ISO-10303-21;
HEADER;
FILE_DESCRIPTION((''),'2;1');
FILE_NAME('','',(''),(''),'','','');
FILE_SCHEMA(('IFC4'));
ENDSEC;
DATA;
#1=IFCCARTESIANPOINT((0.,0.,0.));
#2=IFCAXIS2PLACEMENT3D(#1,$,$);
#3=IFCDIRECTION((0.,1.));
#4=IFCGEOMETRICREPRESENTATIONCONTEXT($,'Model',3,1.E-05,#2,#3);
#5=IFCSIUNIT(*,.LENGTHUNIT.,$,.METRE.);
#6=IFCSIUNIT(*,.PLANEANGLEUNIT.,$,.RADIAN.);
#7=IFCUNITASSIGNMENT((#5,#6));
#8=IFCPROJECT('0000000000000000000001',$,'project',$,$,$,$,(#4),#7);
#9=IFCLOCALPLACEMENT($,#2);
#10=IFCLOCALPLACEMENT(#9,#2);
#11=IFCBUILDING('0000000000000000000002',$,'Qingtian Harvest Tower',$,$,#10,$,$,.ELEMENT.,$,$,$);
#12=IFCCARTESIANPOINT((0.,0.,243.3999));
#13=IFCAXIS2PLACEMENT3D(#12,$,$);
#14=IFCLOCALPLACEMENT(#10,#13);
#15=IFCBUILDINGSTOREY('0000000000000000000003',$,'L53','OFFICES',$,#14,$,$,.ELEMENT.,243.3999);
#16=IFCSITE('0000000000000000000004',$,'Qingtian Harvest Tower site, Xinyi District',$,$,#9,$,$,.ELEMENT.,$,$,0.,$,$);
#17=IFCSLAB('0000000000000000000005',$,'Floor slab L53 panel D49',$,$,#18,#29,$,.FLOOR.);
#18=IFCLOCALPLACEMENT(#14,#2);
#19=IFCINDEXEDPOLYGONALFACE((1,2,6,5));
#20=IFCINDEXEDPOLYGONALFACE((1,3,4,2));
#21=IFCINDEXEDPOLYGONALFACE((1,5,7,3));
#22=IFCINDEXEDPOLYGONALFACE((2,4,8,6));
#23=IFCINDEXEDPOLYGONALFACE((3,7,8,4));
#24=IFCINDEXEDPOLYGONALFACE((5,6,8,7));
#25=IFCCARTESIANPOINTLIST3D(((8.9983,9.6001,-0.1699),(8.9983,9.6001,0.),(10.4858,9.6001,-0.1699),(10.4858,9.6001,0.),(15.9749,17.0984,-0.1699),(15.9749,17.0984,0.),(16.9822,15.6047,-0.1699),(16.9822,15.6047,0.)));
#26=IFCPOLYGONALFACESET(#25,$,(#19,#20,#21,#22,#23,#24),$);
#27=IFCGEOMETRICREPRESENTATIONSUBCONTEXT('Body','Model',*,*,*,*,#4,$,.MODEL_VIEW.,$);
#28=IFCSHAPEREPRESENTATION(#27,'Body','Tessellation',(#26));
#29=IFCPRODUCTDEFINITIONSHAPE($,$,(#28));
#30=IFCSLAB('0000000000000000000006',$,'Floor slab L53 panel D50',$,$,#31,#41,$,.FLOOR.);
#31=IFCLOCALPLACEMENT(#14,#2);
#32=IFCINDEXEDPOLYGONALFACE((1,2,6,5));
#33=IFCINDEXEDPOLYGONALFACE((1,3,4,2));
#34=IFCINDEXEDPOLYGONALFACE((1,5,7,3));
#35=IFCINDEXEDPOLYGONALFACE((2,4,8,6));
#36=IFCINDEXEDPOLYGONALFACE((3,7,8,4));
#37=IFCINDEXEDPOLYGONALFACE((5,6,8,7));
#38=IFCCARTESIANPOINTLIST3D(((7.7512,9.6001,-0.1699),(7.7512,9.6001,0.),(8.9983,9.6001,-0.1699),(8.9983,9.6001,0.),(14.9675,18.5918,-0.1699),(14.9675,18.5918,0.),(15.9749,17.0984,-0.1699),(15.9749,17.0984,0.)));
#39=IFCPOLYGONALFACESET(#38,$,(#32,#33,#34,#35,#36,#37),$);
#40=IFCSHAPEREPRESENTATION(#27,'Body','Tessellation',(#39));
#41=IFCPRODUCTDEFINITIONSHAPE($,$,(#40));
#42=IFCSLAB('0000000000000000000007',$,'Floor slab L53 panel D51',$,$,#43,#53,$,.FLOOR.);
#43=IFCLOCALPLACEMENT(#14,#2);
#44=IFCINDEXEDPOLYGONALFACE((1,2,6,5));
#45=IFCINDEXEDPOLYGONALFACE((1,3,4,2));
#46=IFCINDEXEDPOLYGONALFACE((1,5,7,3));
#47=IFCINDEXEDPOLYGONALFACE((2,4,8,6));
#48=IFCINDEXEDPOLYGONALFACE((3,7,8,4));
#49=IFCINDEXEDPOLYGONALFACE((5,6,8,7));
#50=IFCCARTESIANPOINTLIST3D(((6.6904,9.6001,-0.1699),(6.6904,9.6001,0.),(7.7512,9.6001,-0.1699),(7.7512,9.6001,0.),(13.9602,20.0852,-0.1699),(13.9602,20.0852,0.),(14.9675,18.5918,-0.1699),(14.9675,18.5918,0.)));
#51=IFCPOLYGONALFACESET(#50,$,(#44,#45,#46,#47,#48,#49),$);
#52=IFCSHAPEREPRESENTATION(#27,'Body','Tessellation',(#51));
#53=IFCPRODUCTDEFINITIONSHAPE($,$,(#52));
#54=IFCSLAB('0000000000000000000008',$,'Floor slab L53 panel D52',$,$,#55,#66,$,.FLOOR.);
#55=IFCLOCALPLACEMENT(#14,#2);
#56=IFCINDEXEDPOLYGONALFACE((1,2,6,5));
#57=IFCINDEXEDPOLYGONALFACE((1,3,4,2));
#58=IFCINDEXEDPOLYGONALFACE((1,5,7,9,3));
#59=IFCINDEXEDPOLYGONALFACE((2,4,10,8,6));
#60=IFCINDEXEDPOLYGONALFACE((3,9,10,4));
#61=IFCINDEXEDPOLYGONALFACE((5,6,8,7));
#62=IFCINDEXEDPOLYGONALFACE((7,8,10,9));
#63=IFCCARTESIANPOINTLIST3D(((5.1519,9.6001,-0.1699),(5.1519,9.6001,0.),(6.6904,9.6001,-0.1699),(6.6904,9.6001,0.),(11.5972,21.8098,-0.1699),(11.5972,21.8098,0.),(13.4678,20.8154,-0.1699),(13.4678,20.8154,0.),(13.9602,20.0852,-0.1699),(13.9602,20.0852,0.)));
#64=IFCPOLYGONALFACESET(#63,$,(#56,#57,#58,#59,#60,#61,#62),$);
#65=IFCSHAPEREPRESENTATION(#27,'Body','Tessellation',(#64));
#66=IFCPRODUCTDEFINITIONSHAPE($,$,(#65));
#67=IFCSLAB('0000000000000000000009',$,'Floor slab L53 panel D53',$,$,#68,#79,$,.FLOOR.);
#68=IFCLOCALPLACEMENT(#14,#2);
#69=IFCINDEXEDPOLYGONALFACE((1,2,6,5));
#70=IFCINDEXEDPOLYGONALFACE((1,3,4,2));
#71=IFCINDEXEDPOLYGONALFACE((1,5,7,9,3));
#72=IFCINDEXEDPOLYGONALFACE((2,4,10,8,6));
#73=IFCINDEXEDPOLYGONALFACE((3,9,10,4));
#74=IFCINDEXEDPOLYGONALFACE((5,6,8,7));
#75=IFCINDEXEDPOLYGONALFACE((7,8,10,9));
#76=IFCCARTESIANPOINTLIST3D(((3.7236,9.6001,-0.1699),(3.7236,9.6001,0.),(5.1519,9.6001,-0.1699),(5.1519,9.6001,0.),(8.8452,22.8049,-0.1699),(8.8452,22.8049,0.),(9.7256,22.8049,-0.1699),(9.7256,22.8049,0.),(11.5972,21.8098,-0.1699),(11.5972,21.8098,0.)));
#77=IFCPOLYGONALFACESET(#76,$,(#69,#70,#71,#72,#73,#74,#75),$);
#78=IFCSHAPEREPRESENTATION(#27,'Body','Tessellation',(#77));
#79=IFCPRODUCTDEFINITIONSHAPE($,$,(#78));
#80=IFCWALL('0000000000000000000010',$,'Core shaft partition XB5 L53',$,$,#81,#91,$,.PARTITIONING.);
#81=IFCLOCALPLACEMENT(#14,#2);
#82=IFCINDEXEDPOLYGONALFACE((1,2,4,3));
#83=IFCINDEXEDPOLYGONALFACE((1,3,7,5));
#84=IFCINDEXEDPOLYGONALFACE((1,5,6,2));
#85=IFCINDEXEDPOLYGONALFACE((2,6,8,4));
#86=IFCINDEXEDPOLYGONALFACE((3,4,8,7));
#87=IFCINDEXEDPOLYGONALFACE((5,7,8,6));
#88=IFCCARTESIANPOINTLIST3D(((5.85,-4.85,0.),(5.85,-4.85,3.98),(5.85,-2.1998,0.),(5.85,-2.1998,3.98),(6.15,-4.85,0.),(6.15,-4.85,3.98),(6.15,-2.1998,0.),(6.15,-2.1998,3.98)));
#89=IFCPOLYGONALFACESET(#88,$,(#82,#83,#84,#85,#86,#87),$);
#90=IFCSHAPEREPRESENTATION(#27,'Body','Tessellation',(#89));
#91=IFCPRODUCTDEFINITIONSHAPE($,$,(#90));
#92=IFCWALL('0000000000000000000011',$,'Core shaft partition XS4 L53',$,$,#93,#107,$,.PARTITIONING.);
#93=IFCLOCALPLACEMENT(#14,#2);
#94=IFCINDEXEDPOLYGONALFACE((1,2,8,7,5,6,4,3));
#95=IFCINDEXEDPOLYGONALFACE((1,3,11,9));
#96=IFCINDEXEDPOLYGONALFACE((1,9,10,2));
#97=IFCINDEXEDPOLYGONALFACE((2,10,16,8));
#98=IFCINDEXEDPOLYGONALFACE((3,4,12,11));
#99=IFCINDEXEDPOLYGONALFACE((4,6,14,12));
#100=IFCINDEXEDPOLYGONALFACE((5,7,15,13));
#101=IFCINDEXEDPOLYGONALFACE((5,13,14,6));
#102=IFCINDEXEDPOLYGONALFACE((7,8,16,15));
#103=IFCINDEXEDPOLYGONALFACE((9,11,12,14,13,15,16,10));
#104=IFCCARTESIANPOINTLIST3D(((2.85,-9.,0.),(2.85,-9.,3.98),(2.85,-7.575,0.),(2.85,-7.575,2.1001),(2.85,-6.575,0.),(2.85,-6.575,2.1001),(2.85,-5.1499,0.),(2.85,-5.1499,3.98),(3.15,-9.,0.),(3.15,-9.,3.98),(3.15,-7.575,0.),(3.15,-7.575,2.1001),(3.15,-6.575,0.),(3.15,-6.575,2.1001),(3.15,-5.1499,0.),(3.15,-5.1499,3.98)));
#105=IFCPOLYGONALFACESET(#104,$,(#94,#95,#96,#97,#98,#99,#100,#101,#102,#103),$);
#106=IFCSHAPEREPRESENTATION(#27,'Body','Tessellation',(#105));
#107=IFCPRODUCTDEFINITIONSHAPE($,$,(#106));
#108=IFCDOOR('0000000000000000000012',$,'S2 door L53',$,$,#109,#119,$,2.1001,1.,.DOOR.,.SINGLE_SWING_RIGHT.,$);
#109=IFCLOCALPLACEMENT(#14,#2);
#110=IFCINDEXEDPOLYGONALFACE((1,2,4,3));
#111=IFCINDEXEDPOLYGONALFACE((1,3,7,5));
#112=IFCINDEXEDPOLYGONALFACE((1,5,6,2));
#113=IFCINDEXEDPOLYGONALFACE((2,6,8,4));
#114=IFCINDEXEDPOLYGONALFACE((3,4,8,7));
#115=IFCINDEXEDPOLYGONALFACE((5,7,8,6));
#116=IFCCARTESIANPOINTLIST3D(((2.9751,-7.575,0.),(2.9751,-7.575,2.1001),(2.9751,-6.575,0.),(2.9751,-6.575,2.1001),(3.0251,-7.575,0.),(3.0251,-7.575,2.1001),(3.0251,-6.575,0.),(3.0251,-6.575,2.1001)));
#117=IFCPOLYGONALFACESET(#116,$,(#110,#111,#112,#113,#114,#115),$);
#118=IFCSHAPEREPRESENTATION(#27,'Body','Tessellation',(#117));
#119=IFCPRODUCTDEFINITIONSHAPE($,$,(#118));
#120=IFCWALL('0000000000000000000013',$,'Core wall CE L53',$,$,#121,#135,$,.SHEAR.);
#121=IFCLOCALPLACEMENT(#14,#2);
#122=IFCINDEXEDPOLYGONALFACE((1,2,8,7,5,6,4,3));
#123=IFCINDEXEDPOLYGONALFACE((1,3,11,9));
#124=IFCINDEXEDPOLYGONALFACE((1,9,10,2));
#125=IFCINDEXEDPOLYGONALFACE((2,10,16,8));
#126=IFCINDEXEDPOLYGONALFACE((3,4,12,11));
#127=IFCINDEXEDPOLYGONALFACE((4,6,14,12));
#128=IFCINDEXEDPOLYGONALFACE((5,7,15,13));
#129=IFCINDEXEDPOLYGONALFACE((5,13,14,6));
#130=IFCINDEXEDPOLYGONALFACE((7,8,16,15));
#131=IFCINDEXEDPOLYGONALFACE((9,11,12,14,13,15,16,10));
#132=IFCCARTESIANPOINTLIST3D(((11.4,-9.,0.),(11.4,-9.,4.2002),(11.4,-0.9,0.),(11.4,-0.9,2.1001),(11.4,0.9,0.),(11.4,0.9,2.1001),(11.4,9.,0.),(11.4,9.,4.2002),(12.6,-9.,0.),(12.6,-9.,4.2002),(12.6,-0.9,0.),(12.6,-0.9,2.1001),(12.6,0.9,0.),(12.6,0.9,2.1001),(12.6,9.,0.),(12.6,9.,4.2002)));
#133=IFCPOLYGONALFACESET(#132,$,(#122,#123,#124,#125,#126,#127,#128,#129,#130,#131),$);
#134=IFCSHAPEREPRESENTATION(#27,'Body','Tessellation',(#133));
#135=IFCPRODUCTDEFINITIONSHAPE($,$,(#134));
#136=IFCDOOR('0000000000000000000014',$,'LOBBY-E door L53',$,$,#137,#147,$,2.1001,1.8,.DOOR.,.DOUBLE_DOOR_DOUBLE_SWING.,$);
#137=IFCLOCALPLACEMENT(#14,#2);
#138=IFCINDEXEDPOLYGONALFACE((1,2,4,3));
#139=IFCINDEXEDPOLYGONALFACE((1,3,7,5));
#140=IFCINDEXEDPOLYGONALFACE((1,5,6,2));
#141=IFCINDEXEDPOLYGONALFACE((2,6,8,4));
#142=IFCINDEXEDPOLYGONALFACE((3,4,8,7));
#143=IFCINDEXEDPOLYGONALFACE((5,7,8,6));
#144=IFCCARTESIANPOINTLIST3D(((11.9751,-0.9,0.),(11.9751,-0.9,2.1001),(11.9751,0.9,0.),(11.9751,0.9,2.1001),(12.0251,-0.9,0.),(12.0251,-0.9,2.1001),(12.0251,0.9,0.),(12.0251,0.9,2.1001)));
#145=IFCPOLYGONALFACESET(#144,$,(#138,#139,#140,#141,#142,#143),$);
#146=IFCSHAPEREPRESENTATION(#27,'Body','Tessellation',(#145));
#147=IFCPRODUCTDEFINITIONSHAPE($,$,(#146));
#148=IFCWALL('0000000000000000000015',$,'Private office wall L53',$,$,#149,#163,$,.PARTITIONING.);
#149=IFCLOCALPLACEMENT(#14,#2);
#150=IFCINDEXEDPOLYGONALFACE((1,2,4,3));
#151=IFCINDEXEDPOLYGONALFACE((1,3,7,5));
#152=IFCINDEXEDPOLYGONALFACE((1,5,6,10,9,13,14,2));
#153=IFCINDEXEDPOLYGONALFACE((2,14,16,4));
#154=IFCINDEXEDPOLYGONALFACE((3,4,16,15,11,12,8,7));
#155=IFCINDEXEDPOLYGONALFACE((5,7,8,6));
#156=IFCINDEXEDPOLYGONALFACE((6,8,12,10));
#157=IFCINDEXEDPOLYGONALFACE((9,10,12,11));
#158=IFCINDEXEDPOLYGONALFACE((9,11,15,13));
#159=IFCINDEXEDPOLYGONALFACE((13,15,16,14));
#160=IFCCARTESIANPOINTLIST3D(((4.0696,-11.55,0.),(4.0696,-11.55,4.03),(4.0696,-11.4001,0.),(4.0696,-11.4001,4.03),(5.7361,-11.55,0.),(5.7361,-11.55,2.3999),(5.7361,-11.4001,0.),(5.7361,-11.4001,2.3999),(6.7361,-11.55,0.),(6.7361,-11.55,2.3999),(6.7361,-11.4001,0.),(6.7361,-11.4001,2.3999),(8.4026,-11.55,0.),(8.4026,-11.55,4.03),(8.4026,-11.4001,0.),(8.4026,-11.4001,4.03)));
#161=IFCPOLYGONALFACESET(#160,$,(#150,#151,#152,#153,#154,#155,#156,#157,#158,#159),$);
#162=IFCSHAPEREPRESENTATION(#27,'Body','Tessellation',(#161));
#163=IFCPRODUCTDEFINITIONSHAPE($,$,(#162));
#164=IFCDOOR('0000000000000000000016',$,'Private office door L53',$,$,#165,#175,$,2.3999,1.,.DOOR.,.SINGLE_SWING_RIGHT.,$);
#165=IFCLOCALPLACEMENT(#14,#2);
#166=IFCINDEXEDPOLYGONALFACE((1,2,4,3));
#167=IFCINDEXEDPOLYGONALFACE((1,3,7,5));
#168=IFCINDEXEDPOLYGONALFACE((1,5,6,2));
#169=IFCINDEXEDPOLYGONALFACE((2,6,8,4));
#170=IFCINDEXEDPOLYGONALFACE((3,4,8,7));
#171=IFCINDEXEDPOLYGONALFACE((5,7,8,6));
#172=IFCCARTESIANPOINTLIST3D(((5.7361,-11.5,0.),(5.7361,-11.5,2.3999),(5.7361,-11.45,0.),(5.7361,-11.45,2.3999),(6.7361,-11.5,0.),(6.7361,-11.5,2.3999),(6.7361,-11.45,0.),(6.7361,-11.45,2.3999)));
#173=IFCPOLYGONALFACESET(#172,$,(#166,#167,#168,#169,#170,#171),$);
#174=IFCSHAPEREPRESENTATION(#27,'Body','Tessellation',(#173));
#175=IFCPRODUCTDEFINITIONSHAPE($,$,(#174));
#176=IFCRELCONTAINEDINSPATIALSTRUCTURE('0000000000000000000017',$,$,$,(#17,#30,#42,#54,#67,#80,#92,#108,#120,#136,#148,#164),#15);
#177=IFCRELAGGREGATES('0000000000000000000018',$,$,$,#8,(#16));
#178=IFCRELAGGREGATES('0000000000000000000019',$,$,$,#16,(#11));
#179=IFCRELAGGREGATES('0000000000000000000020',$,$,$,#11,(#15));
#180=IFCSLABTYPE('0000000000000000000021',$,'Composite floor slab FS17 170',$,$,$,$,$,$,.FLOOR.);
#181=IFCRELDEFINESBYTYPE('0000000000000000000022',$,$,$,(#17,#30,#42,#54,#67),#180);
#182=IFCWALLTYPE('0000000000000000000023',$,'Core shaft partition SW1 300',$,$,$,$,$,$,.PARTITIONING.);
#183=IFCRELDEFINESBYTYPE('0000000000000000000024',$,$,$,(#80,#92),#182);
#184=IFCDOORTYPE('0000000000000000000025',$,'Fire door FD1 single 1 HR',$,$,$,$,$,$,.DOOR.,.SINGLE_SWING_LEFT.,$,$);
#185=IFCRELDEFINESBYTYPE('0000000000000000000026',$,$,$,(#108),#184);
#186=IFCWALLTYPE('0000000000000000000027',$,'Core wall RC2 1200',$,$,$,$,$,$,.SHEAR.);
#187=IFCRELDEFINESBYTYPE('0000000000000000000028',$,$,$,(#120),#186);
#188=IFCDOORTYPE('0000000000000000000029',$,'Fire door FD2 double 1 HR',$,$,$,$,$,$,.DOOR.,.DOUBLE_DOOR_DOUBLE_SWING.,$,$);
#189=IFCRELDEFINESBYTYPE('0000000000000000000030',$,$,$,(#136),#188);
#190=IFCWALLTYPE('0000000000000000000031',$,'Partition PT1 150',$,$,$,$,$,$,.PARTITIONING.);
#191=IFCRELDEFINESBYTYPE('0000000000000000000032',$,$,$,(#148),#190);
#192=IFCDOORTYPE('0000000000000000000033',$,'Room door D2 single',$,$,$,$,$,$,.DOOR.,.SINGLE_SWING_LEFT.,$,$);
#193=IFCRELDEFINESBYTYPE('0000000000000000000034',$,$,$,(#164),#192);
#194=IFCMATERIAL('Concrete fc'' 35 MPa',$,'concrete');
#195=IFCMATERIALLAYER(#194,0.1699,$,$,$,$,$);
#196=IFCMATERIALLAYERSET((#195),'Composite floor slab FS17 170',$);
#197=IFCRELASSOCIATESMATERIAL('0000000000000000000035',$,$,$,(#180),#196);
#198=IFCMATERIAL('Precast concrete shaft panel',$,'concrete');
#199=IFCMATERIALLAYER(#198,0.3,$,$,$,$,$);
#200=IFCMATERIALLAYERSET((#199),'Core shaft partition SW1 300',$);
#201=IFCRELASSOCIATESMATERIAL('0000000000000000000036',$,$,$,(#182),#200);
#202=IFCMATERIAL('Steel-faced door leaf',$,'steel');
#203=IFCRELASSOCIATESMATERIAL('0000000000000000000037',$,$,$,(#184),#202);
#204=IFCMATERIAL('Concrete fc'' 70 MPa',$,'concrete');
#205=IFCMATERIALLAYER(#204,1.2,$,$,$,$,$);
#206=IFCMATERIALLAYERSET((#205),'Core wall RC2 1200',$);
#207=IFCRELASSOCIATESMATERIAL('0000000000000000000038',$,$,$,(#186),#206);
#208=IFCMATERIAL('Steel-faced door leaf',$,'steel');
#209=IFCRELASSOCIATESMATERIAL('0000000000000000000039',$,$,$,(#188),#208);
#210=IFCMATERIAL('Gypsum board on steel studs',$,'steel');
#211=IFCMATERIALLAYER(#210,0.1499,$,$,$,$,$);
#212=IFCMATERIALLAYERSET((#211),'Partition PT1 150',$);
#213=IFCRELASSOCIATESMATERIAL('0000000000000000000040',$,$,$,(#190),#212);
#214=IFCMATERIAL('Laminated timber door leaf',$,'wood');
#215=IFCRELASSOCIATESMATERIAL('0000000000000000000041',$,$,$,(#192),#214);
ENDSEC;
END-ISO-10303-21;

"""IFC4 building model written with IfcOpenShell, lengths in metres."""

from ifc_helpers import new_model, si_unit, direction, frame, frame_2d, origin, place, context, subcontext, project, spatial, polyline, rectangle, outline, extrude, material, layer, layer_set, type_object, element, fill, save


model = new_model("IFC4")

# Units and contexts
model_context = context("Model", 3, precision=1e-05, world=origin(), true_north=direction((0.0, 1.0)))
body_context = subcontext(model_context, "Body", "Model", "MODEL_VIEW")
ifc_project = project(units=[si_unit("LENGTHUNIT", "METRE"), si_unit("PLANEANGLEUNIT", "RADIAN")], contexts=[model_context])

# Site, building, storey
site_placement = place(None, origin())
site = spatial("IfcSite", under=ifc_project, at=site_placement, Name="Qingtian Harvest Tower site, Xinyi District", CompositionType="ELEMENT", RefElevation=0.0)
building_placement = place(site_placement, origin())
building = spatial("IfcBuilding", under=site, at=building_placement, Name="Qingtian Harvest Tower", CompositionType="ELEMENT")
storey_placement = place(building_placement, frame((0.0, 0.0, 243.3999)))
storey = spatial("IfcBuildingStorey", under=building, at=storey_placement, Name="L53", Description="OFFICES", CompositionType="ELEMENT", Elevation=243.3999)

# Slabs
ifc_material_1 = material(Name="Concrete fc' 35 MPa", Category="concrete")
ifc_layer_1 = layer(ifc_material_1, 0.1699)
ifc_layer_set_1 = layer_set([ifc_layer_1], Name="Composite floor slab FS17 170")
slab_type = type_object("IfcSlabType", Name="Composite floor slab FS17 170", PredefinedType="FLOOR", material=ifc_layer_set_1)
slab_1_placement = place(storey_placement, frame((0.0, 0.0, -0.1699)))
element("IfcSlab", 1, at=slab_1_placement, inside=storey, type_object=slab_type, Name="Floor slab L53 panel D49", PredefinedType="FLOOR", context=body_context, shape_type="SweptSolid", body=[
    extrude(outline(polyline([(8.9983, 9.6001), (15.9749, 17.0984), (16.9822, 15.6047), (10.4858, 9.6001), (8.9983, 9.6001)])), origin(), (0.0, 0.0, 1.0), 0.1699),
])
slab_2_placement = place(storey_placement, frame((0.0, 0.0, -0.1699)))
element("IfcSlab", 2, at=slab_2_placement, inside=storey, type_object=slab_type, Name="Floor slab L53 panel D50", PredefinedType="FLOOR", context=body_context, shape_type="SweptSolid", body=[
    extrude(outline(polyline([(7.7512, 9.6001), (14.9675, 18.5918), (15.9749, 17.0984), (8.9983, 9.6001), (7.7512, 9.6001)])), origin(), (0.0, 0.0, 1.0), 0.1699),
])
slab_3_placement = place(storey_placement, frame((0.0, 0.0, -0.1699)))
element("IfcSlab", 3, at=slab_3_placement, inside=storey, type_object=slab_type, Name="Floor slab L53 panel D51", PredefinedType="FLOOR", context=body_context, shape_type="SweptSolid", body=[
    extrude(outline(polyline([(6.6904, 9.6001), (13.9602, 20.0852), (14.9675, 18.5918), (7.7512, 9.6001), (6.6904, 9.6001)])), origin(), (0.0, 0.0, 1.0), 0.1699),
])
slab_4_placement = place(storey_placement, frame((0.0, 0.0, -0.1699)))
element("IfcSlab", 4, at=slab_4_placement, inside=storey, type_object=slab_type, Name="Floor slab L53 panel D52", PredefinedType="FLOOR", context=body_context, shape_type="SweptSolid", body=[
    extrude(outline(polyline([(6.6904, 9.6001), (5.1519, 9.6001), (11.5972, 21.8098), (13.4678, 20.8154), (13.9602, 20.0852), (6.6904, 9.6001)])), origin(), (0.0, 0.0, 1.0), 0.1699),
])
slab_5_placement = place(storey_placement, frame((0.0, 0.0, -0.1699)))
element("IfcSlab", 5, at=slab_5_placement, inside=storey, type_object=slab_type, Name="Floor slab L53 panel D53", PredefinedType="FLOOR", context=body_context, shape_type="SweptSolid", body=[
    extrude(outline(polyline([(3.7236, 9.6001), (8.8452, 22.8049), (9.7256, 22.8049), (11.5972, 21.8098), (5.1519, 9.6001), (3.7236, 9.6001)])), origin(), (0.0, 0.0, 1.0), 0.1699),
])

# Wall
ifc_material_2 = material(Name="Precast concrete shaft panel", Category="concrete")
ifc_layer_2 = layer(ifc_material_2, 0.3)
ifc_layer_set_2 = layer_set([ifc_layer_2], Name="Core shaft partition SW1 300")
wall_type_1 = type_object("IfcWallType", Name="Core shaft partition SW1 300", PredefinedType="PARTITIONING", material=ifc_layer_set_2)
wall_1_placement = place(storey_placement, frame((6.0, -4.8501, 0.0), z_axis=(0.0, 0.0, 1.0), x_axis=(0.0, 1.0, 0.0)))
element("IfcWall", 6, at=wall_1_placement, inside=storey, type_object=wall_type_1, Name="Core shaft partition XB5 L53", PredefinedType="PARTITIONING", context=body_context, shape_type="SweptSolid", body=[
    extrude(rectangle(XDim=2.6501, YDim=0.3, at=frame_2d((1.3252, 0.0))), origin(), (0.0, 0.0, 1.0), 3.98),
])

# Walls, openings, doors
wall_2_placement = place(storey_placement, frame((3.0, -9.0, 0.0), z_axis=(0.0, 0.0, 1.0), x_axis=(0.0, 1.0, 0.0)))
wall_2 = element("IfcWall", 7, at=wall_2_placement, inside=storey, type_object=wall_type_1, Name="Core shaft partition XS4 L53", PredefinedType="PARTITIONING", context=body_context, shape_type="SweptSolid", body=[
    extrude(rectangle(XDim=3.8501, YDim=0.3, at=frame_2d((1.925, 0.0))), origin(), (0.0, 0.0, 1.0), 3.98),
])
opening_1_placement = place(wall_2_placement, frame((1.425, 0.0, 0.0)))
opening_1 = element("IfcOpeningElement", 8, at=opening_1_placement, cuts=wall_2, PredefinedType="OPENING", context=body_context, shape_type="SweptSolid", body=[
    extrude(rectangle(XDim=1.0, YDim=2.1001, at=frame_2d((0.5, 1.05))), frame((0.0, 0.1599, 0.0), z_axis=(0.0, -1.0, 0.0), x_axis=(1.0, 0.0, 0.0)), (0.0, 0.0, 1.0), 0.3201),
])
ifc_material_3 = material(Name="Steel-faced door leaf", Category="steel")
door_type_1 = type_object("IfcDoorType", Name="Fire door FD1 single 1 HR", OperationType="SINGLE_SWING_LEFT", PredefinedType="DOOR", material=ifc_material_3)
door_1_placement = place(opening_1_placement, origin())
door_1 = element("IfcDoor", 9, at=door_1_placement, inside=storey, type_object=door_type_1, Name="S2 door L53", OperationType="SINGLE_SWING_RIGHT", OverallHeight=2.1001, OverallWidth=1.0, PredefinedType="DOOR", context=body_context, shape_type="SweptSolid", body=[
    extrude(rectangle(XDim=1.0, YDim=2.1001, at=frame_2d((0.5, 1.05))), frame((0.0, 0.0249, 0.0), z_axis=(0.0, -1.0, 0.0), x_axis=(1.0, 0.0, 0.0)), (0.0, 0.0, 1.0), 0.05),
])
fill(opening_1, door_1)
ifc_material_4 = material(Name="Concrete fc' 70 MPa", Category="concrete")
ifc_layer_3 = layer(ifc_material_4, 1.2)
ifc_layer_set_3 = layer_set([ifc_layer_3], Name="Core wall RC2 1200")
wall_type_2 = type_object("IfcWallType", Name="Core wall RC2 1200", PredefinedType="SHEAR", material=ifc_layer_set_3)
wall_3_placement = place(storey_placement, frame((12.0, -9.0, 0.0), z_axis=(0.0, 0.0, 1.0), x_axis=(0.0, 1.0, 0.0)))
wall_3 = element("IfcWall", 10, at=wall_3_placement, inside=storey, type_object=wall_type_2, Name="Core wall CE L53", PredefinedType="SHEAR", context=body_context, shape_type="SweptSolid", body=[
    extrude(rectangle(XDim=18.0, YDim=1.2, at=frame_2d((9.0, 0.0))), origin(), (0.0, 0.0, 1.0), 4.2002),
])
opening_2_placement = place(wall_3_placement, frame((8.1001, 0.0, 0.0)))
opening_2 = element("IfcOpeningElement", 11, at=opening_2_placement, cuts=wall_3, PredefinedType="OPENING", context=body_context, shape_type="SweptSolid", body=[
    extrude(rectangle(XDim=1.8, YDim=2.1001, at=frame_2d((0.8999, 1.05))), frame((0.0, 0.6099, 0.0), z_axis=(0.0, -1.0, 0.0), x_axis=(1.0, 0.0, 0.0)), (0.0, 0.0, 1.0), 1.22),
])
ifc_material_5 = material(Name="Steel-faced door leaf", Category="steel")
door_type_2 = type_object("IfcDoorType", Name="Fire door FD2 double 1 HR", OperationType="DOUBLE_DOOR_DOUBLE_SWING", PredefinedType="DOOR", material=ifc_material_5)
door_2_placement = place(opening_2_placement, origin())
door_2 = element("IfcDoor", 12, at=door_2_placement, inside=storey, type_object=door_type_2, Name="LOBBY-E door L53", OperationType="DOUBLE_DOOR_DOUBLE_SWING", OverallHeight=2.1001, OverallWidth=1.8, PredefinedType="DOOR", context=body_context, shape_type="SweptSolid", body=[
    extrude(rectangle(XDim=1.8, YDim=2.1001, at=frame_2d((0.8999, 1.05))), frame((0.0, 0.0249, 0.0), z_axis=(0.0, -1.0, 0.0), x_axis=(1.0, 0.0, 0.0)), (0.0, 0.0, 1.0), 0.05),
])
fill(opening_2, door_2)
ifc_material_6 = material(Name="Gypsum board on steel studs", Category="steel")
ifc_layer_4 = layer(ifc_material_6, 0.1499)
ifc_layer_set_4 = layer_set([ifc_layer_4], Name="Partition PT1 150")
wall_type_3 = type_object("IfcWallType", Name="Partition PT1 150", PredefinedType="PARTITIONING", material=ifc_layer_set_4)
ifc_material_7 = material(Name="Laminated timber door leaf", Category="wood")
door_type_3 = type_object("IfcDoorType", Name="Room door D2 single", OperationType="SINGLE_SWING_LEFT", PredefinedType="DOOR", material=ifc_material_7)
wall_4_placement = place(storey_placement, frame((8.4026, -11.4751, 0.0), z_axis=(0.0, 0.0, 1.0), x_axis=(-1.0, 0.0, 0.0)))
wall_4 = element("IfcWall", 13, at=wall_4_placement, inside=storey, type_object=wall_type_3, Name="Private office wall L53", PredefinedType="PARTITIONING", context=body_context, shape_type="SweptSolid", body=[
    extrude(rectangle(XDim=4.333, YDim=0.1499, at=frame_2d((2.1665, 0.0))), origin(), (0.0, 0.0, 1.0), 4.03),
])
opening_3_placement = place(wall_4_placement, frame((1.6665, 0.0, 0.0)))
opening_3 = element("IfcOpeningElement", 14, at=opening_3_placement, cuts=wall_4, PredefinedType="OPENING", context=body_context, shape_type="SweptSolid", body=[
    extrude(rectangle(XDim=1.0, YDim=2.3999, at=frame_2d((0.5, 1.2))), frame((0.0, 0.085, 0.0), z_axis=(0.0, -1.0, 0.0), x_axis=(1.0, 0.0, 0.0)), (0.0, 0.0, 1.0), 0.1699),
])
door_3_placement = place(opening_3_placement, origin())
door_3 = element("IfcDoor", 15, at=door_3_placement, inside=storey, type_object=door_type_3, Name="Private office door L53", OperationType="SINGLE_SWING_RIGHT", OverallHeight=2.3999, OverallWidth=1.0, PredefinedType="DOOR", context=body_context, shape_type="SweptSolid", body=[
    extrude(rectangle(XDim=1.0, YDim=2.3999, at=frame_2d((0.5, 1.2))), frame((0.0, 0.0249, 0.0), z_axis=(0.0, -1.0, 0.0), x_axis=(1.0, 0.0, 0.0)), (0.0, 0.0, 1.0), 0.05),
])
fill(opening_3, door_3)

save(model, "model.ifc")
